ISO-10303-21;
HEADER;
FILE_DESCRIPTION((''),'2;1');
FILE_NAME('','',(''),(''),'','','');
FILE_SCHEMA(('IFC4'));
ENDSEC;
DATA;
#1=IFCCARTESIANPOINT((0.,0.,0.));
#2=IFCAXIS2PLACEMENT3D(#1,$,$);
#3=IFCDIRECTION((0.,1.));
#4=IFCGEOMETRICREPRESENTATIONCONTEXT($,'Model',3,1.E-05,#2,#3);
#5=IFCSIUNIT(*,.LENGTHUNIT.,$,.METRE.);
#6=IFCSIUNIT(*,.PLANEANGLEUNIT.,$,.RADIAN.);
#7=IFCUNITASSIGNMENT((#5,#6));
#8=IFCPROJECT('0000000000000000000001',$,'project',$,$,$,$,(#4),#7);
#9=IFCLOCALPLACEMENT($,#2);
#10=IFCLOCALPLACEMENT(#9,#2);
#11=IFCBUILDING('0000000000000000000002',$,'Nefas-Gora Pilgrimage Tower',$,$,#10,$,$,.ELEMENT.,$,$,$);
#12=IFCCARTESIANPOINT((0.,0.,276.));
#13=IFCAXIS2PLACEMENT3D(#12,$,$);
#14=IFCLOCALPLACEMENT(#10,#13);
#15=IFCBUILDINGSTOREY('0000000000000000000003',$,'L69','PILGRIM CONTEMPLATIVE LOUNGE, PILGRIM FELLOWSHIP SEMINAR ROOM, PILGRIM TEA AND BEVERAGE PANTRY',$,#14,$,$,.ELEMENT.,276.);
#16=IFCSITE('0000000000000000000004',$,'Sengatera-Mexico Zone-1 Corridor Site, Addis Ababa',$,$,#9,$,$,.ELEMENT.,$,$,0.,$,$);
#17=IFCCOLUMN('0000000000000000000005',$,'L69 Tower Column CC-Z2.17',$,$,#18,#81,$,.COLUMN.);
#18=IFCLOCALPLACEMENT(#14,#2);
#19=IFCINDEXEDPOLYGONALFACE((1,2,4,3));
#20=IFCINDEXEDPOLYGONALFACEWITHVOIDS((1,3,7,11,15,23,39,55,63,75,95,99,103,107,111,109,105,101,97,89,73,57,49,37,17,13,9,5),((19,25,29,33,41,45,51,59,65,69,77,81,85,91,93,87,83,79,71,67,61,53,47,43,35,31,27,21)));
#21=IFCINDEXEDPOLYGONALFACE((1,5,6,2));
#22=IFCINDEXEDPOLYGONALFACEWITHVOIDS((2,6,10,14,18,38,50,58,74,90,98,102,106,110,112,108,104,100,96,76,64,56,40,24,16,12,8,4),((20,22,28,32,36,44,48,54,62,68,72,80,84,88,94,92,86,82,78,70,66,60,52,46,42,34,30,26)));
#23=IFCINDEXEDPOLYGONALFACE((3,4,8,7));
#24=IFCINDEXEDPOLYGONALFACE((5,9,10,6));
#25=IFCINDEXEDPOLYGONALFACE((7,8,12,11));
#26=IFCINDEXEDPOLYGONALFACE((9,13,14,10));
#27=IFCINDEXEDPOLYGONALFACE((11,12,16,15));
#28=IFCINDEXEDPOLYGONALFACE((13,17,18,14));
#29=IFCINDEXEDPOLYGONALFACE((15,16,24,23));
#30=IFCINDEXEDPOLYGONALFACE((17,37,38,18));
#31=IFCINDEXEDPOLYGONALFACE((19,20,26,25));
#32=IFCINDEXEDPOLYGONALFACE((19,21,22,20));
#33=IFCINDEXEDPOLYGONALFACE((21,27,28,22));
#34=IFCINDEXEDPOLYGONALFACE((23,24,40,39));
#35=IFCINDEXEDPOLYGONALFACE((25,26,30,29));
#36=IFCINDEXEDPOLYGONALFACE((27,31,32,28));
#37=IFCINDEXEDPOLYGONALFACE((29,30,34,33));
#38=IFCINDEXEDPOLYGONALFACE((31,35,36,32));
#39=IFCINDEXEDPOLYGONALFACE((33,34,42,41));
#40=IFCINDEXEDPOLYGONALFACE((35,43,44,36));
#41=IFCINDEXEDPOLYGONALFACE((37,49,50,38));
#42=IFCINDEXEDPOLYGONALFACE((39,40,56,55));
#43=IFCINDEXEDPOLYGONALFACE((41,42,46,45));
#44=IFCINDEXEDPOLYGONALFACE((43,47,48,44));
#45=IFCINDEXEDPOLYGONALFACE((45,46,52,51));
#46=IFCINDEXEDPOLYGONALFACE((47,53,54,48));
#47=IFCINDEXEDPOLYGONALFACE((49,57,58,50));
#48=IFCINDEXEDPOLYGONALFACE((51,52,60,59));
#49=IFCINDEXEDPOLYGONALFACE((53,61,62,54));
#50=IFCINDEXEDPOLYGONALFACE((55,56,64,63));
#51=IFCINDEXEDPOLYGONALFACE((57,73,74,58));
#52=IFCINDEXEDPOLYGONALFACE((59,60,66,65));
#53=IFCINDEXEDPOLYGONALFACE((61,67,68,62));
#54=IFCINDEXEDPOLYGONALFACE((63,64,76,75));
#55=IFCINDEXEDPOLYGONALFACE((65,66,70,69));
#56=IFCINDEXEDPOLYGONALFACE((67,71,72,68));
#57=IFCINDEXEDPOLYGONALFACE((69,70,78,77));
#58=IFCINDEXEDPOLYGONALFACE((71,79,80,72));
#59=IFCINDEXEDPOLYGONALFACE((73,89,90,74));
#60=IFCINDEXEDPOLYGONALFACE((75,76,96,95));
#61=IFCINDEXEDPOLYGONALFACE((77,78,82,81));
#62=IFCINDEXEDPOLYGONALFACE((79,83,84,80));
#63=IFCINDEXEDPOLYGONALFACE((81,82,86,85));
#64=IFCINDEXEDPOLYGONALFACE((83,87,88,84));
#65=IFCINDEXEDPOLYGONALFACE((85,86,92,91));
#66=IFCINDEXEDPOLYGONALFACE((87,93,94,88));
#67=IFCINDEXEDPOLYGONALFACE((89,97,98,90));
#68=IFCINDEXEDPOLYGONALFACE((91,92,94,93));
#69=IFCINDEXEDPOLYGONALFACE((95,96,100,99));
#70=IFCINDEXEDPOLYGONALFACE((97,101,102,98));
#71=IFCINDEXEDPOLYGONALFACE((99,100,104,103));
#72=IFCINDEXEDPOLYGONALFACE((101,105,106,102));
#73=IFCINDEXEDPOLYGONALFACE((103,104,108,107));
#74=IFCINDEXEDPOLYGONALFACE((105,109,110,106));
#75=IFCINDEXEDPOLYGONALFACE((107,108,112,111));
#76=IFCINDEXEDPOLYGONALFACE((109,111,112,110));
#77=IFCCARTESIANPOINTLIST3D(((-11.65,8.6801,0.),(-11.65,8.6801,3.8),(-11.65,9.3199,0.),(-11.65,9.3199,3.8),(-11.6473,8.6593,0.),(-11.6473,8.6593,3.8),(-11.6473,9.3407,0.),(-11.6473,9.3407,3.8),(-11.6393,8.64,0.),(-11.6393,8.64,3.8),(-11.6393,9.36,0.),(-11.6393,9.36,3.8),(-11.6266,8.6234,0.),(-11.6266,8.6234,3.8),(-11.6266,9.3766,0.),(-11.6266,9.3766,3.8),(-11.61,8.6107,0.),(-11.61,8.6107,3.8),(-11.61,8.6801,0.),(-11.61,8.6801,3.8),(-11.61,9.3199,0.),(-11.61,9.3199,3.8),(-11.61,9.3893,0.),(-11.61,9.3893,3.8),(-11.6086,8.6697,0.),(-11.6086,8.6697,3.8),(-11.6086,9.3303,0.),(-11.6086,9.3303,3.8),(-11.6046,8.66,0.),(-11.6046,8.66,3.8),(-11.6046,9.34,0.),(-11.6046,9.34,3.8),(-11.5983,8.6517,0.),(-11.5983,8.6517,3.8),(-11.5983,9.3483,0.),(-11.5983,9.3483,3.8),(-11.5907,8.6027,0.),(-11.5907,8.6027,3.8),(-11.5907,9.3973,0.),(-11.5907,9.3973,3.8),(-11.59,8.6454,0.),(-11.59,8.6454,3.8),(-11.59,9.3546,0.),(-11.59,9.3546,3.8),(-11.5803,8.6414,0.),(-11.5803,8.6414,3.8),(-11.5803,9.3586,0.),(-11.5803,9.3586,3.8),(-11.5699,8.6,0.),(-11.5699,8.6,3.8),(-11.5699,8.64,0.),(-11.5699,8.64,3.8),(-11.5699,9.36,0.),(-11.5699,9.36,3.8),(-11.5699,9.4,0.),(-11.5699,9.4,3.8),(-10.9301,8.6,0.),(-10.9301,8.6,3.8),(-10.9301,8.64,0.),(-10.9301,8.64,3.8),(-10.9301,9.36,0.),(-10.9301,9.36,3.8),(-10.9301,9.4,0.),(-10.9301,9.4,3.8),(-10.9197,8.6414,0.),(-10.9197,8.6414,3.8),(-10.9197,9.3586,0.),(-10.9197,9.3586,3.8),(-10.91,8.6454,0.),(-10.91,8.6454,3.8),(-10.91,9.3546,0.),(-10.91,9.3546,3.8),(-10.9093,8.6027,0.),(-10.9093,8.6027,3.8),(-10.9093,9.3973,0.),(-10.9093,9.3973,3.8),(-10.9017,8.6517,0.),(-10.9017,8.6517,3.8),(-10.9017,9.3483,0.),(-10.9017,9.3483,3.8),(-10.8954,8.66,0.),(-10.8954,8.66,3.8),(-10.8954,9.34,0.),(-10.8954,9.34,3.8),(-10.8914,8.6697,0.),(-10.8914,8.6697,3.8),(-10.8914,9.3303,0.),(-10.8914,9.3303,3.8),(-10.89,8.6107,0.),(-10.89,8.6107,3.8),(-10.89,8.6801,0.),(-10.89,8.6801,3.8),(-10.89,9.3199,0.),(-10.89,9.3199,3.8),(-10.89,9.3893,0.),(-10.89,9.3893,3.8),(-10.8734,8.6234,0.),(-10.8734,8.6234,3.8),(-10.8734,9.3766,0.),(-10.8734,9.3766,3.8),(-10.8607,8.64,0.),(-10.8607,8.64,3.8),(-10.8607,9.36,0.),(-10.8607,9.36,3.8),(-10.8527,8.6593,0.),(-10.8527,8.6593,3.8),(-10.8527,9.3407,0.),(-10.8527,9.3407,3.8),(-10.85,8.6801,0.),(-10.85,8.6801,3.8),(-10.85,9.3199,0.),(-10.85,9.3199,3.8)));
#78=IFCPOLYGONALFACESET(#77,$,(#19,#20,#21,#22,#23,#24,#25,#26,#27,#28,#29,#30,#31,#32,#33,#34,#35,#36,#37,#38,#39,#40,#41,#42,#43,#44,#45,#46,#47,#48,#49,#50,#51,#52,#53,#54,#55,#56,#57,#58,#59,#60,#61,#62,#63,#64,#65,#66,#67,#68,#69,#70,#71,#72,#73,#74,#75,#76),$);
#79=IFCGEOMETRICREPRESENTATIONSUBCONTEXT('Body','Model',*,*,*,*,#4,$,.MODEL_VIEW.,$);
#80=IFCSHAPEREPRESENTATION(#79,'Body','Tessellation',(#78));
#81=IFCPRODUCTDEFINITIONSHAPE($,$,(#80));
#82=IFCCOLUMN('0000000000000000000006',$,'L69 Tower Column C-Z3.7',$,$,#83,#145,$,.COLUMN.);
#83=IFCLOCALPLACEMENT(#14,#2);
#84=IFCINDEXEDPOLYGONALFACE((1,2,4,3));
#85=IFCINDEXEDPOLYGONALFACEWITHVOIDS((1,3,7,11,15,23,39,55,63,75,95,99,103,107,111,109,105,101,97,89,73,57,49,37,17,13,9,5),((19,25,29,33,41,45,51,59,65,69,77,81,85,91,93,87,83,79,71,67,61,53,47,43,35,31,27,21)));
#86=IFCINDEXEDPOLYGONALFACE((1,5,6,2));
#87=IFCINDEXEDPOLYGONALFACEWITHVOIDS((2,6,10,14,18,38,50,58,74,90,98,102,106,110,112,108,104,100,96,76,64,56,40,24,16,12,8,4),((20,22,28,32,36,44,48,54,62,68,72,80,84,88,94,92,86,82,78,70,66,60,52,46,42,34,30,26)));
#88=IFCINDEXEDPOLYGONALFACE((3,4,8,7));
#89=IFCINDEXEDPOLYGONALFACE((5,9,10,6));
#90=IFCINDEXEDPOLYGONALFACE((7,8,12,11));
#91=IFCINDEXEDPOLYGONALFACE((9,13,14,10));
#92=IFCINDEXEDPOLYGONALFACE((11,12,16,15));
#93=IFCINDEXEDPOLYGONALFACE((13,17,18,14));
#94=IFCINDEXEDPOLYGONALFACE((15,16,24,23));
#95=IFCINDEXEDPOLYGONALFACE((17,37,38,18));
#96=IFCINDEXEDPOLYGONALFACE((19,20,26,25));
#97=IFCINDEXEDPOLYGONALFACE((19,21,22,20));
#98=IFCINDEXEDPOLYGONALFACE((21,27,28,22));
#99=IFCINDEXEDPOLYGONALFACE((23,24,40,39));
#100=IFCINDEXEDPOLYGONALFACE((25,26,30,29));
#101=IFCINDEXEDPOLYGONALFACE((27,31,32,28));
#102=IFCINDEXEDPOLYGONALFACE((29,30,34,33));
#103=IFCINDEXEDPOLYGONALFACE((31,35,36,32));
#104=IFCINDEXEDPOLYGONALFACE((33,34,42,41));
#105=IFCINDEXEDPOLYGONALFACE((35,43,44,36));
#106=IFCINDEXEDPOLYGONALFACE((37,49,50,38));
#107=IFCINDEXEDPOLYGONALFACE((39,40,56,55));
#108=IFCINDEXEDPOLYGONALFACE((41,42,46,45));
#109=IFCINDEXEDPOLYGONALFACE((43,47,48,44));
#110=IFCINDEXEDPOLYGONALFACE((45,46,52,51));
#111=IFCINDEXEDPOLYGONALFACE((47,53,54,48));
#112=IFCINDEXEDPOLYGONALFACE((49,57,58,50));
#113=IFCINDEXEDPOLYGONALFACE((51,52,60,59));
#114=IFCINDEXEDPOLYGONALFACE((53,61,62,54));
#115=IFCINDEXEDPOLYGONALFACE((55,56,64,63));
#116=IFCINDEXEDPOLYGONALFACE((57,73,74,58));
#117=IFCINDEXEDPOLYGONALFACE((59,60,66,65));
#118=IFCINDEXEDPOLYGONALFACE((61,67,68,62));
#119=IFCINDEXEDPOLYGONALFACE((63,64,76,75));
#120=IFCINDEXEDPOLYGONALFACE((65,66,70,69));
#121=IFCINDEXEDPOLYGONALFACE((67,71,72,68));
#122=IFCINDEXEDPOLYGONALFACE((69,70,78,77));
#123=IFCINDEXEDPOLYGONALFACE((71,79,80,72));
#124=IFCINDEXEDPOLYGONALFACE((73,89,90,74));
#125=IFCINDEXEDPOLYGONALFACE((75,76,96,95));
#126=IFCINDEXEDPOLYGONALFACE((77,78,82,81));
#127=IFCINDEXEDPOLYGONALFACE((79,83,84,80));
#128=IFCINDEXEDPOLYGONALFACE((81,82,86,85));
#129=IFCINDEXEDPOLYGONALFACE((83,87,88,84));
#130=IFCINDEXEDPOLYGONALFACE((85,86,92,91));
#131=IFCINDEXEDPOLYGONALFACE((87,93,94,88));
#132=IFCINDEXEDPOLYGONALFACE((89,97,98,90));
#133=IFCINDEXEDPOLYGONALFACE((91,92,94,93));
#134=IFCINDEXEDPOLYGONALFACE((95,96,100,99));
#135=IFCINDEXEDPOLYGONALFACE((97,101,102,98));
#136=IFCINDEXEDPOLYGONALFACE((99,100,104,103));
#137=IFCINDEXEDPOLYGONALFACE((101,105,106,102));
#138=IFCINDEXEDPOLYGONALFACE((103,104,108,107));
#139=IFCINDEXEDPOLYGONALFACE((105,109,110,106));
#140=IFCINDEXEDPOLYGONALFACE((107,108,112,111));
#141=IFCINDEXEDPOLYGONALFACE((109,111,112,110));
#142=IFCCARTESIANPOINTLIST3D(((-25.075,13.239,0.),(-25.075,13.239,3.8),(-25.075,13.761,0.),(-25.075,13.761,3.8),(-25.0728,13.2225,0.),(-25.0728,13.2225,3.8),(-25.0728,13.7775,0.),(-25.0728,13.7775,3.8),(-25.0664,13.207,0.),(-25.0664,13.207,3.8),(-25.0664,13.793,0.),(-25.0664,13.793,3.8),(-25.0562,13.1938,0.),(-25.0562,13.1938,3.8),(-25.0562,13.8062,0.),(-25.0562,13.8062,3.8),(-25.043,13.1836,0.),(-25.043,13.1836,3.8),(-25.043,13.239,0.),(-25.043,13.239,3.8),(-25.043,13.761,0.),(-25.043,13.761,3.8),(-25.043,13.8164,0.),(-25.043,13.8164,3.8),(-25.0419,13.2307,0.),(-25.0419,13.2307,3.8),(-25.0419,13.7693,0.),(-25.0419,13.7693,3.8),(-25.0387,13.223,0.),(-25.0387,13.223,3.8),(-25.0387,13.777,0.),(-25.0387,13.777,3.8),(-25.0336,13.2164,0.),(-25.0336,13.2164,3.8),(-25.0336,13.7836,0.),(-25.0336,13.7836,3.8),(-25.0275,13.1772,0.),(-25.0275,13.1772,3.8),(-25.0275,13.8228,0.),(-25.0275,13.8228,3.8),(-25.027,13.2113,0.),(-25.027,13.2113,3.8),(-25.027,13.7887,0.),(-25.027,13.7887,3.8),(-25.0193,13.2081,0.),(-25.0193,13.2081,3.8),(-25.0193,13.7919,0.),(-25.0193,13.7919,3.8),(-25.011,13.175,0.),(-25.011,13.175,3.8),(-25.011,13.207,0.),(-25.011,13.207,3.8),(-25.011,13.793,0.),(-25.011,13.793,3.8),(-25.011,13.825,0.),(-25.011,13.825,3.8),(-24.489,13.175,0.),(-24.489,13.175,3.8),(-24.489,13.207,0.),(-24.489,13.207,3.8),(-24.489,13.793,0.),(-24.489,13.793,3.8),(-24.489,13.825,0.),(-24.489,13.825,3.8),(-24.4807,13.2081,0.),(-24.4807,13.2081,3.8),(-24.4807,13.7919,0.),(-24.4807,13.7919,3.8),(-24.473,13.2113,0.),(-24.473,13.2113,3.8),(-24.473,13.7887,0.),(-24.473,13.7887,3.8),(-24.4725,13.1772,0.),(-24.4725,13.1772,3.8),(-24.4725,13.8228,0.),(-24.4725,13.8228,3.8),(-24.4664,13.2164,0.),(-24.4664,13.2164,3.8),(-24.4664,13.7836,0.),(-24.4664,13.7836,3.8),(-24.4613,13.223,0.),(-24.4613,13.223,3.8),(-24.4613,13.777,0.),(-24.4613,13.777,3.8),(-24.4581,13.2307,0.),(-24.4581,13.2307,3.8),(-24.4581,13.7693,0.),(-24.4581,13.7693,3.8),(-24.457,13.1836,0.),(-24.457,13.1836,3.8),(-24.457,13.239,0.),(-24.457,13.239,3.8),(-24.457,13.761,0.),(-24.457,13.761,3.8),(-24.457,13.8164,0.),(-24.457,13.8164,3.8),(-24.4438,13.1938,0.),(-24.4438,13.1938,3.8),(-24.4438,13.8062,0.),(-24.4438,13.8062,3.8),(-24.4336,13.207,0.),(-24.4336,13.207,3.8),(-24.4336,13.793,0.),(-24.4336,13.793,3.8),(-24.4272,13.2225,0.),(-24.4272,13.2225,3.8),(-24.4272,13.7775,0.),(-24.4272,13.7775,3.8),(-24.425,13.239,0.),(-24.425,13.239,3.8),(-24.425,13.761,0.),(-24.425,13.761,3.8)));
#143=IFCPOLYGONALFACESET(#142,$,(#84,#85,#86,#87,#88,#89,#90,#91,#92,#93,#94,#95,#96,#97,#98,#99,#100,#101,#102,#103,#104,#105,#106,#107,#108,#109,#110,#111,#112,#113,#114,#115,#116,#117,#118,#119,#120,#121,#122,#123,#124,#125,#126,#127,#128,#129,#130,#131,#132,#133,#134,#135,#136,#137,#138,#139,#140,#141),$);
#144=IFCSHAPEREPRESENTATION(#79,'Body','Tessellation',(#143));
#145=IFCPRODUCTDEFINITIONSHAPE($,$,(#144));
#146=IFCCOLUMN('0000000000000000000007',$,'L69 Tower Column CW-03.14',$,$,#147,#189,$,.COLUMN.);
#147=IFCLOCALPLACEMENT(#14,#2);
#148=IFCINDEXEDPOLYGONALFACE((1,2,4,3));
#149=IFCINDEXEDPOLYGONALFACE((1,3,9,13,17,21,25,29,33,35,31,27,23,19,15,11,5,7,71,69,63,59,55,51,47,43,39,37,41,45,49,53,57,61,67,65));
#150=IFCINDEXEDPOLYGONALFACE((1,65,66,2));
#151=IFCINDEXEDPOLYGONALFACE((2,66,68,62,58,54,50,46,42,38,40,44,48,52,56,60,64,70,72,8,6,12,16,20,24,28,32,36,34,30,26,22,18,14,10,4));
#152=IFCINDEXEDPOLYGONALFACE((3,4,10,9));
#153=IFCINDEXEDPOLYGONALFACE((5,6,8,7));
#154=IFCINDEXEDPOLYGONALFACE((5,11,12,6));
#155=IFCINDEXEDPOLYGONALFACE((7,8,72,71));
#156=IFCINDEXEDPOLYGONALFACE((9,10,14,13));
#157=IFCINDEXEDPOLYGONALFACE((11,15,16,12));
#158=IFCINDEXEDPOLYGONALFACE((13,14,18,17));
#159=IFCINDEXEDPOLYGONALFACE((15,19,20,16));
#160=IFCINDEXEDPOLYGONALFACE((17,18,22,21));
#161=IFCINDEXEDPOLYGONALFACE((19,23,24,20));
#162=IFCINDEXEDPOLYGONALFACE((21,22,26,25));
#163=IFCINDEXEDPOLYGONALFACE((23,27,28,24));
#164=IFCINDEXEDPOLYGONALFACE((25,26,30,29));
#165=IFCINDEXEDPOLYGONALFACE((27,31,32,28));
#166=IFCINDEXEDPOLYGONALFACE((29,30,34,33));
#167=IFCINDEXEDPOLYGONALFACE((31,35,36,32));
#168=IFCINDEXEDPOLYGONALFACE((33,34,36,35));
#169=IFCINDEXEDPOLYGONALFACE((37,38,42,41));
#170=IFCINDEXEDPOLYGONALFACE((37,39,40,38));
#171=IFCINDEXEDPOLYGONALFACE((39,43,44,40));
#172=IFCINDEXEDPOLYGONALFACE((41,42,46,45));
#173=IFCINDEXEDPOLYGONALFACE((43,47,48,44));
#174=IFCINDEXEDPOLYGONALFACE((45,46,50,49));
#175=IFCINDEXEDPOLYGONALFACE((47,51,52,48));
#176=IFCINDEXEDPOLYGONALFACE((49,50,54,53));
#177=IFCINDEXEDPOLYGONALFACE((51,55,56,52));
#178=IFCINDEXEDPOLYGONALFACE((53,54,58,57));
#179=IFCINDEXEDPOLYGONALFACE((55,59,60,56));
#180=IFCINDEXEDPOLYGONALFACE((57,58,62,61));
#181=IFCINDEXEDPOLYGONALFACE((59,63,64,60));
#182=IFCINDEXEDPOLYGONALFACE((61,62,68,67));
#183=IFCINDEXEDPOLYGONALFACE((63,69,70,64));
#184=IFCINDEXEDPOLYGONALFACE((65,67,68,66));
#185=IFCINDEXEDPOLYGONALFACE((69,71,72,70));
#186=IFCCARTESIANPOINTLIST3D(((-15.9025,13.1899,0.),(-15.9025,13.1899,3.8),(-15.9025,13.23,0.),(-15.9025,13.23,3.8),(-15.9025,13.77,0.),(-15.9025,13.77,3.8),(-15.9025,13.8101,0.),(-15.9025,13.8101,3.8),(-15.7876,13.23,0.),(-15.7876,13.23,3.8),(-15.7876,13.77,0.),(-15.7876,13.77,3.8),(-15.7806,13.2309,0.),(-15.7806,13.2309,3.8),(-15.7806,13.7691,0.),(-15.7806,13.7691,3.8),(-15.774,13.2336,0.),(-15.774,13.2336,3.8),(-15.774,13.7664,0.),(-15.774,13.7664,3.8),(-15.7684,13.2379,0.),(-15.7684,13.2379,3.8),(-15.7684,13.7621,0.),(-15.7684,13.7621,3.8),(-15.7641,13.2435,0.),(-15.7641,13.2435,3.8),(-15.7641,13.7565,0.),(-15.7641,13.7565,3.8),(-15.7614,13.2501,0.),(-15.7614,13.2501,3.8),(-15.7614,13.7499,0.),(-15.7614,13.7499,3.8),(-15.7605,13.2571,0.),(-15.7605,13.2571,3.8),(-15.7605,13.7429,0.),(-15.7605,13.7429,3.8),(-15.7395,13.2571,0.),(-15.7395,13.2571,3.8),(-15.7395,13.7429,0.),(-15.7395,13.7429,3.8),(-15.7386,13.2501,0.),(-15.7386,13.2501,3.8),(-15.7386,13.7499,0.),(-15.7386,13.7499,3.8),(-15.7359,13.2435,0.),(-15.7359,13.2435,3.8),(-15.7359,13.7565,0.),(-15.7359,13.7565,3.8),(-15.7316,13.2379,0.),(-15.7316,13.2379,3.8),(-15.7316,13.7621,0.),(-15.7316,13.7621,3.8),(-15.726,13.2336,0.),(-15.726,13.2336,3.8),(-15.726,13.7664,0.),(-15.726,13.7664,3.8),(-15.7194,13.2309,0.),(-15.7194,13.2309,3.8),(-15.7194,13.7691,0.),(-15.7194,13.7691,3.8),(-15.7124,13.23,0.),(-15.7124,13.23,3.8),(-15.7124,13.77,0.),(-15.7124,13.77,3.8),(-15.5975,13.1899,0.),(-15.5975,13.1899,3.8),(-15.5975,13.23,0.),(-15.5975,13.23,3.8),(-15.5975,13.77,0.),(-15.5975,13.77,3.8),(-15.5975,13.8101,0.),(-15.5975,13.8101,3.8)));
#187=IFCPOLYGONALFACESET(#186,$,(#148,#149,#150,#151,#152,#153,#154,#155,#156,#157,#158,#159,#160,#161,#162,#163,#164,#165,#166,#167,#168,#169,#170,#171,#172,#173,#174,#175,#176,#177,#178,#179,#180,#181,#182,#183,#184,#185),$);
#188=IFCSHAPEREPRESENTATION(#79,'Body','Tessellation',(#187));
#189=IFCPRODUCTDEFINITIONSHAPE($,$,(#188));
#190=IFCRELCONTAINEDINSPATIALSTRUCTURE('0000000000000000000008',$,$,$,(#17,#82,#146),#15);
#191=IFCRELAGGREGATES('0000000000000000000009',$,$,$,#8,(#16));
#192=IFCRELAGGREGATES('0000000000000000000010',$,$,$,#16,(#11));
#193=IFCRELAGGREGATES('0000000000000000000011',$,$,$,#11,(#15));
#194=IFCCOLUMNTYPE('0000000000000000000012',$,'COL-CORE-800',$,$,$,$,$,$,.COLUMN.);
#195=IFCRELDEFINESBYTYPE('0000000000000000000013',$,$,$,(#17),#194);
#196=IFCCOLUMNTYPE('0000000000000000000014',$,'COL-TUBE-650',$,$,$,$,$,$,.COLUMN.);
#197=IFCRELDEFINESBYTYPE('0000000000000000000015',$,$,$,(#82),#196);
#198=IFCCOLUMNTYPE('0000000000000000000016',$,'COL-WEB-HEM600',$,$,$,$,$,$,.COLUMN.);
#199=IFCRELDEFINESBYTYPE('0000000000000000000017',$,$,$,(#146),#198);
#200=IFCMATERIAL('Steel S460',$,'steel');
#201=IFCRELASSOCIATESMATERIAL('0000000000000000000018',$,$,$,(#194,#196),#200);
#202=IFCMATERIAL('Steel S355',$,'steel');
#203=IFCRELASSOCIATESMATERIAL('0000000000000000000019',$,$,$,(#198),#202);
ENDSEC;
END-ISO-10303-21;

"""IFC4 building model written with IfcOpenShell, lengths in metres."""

from ifc_helpers import new_model, si_unit, direction, frame, origin, origin_2d, place, context, subcontext, project, spatial, hollow_rectangle, i_section, extrude, source, transform, mapped, material, material_profile, profile_set, type_object, element, save


model = new_model("IFC4")

# Units and contexts
model_context = context("Model", 3, precision=1e-05, world=origin(), true_north=direction((0.0, 1.0)))
body_context = subcontext(model_context, "Body", "Model", "MODEL_VIEW")
ifc_project = project(units=[si_unit("LENGTHUNIT", "METRE"), si_unit("PLANEANGLEUNIT", "RADIAN")], contexts=[model_context])

# Site, building, storey
site_placement = place(None, origin())
site = spatial("IfcSite", under=ifc_project, at=site_placement, Name="Sengatera-Mexico Zone-1 Corridor Site, Addis Ababa", CompositionType="ELEMENT", RefElevation=0.0)
building_placement = place(site_placement, origin())
building = spatial("IfcBuilding", under=site, at=building_placement, Name="Nefas-Gora Pilgrimage Tower", CompositionType="ELEMENT")
storey_placement = place(building_placement, frame((0.0, 0.0, 276.0)))
storey = spatial("IfcBuildingStorey", under=building, at=storey_placement, Name="L69", Description="PILGRIM CONTEMPLATIVE LOUNGE, PILGRIM FELLOWSHIP SEMINAR ROOM, PILGRIM TEA AND BEVERAGE PANTRY", CompositionType="ELEMENT", Elevation=276.0)

# Columns
ifc_material_1 = material(Name="Steel S460", Category="steel")
ifc_material_profile_1 = material_profile(ifc_material_1, hollow_rectangle(XDim=0.8, YDim=0.8, WallThickness=0.04, InnerFilletRadius=0.04, OuterFilletRadius=0.0801, at=origin_2d()), Name="BOX 800x800x40")
ifc_profile_set_1 = profile_set([ifc_material_profile_1], Name="Steel S460")
column_type_1 = type_object("IfcColumnType", Name="COL-CORE-800", PredefinedType="COLUMN", material=ifc_profile_set_1)
shared_shape_1 = source(origin(), body_context, "Body", "SweptSolid", [
    extrude(hollow_rectangle(XDim=0.8, YDim=0.8, WallThickness=0.04, InnerFilletRadius=0.04, OuterFilletRadius=0.0801, at=origin_2d()), origin(), (0.0, 0.0, 1.0), 3.8),
])
column_1_placement = place(storey_placement, frame((-11.25, 9.0, 0.0), z_axis=(0.0, 0.0, 1.0), x_axis=(1.0, 0.0, 0.0)))
element("IfcColumn", 1, at=column_1_placement, inside=storey, type_object=column_type_1, Name="L69 Tower Column CC-Z2.17", PredefinedType="COLUMN", context=body_context, shape_type="MappedRepresentation", body=[
    mapped(shared_shape_1, transform((0.0, 0.0, 0.0), x_axis=(1.0, 0.0, 0.0), y_axis=(0.0, 1.0, 0.0), z_axis=(0.0, 0.0, 1.0), scale=1.0)),
])
ifc_material_profile_2 = material_profile(ifc_material_1, hollow_rectangle(XDim=0.6499, YDim=0.6499, WallThickness=0.032, InnerFilletRadius=0.032, OuterFilletRadius=0.064, at=origin_2d()), Name="BOX 650x650x32")
ifc_profile_set_2 = profile_set([ifc_material_profile_2], Name="Steel S460")
column_type_2 = type_object("IfcColumnType", Name="COL-TUBE-650", PredefinedType="COLUMN", material=ifc_profile_set_2)
shared_shape_2 = source(origin(), body_context, "Body", "SweptSolid", [
    extrude(hollow_rectangle(XDim=0.6499, YDim=0.6499, WallThickness=0.032, InnerFilletRadius=0.032, OuterFilletRadius=0.064, at=origin_2d()), origin(), (0.0, 0.0, 1.0), 3.8),
])
column_2_placement = place(storey_placement, frame((-24.75, 13.5, 0.0), z_axis=(0.0, 0.0, 1.0), x_axis=(1.0, 0.0, 0.0)))
element("IfcColumn", 2, at=column_2_placement, inside=storey, type_object=column_type_2, Name="L69 Tower Column C-Z3.7", PredefinedType="COLUMN", context=body_context, shape_type="MappedRepresentation", body=[
    mapped(shared_shape_2, transform((0.0, 0.0, 0.0), x_axis=(1.0, 0.0, 0.0), y_axis=(0.0, 1.0, 0.0), z_axis=(0.0, 0.0, 1.0), scale=1.0)),
])
ifc_material_2 = material(Name="Steel S355", Category="steel")
ifc_material_profile_3 = material_profile(ifc_material_2, i_section(OverallWidth=0.3049, OverallDepth=0.6201, WebThickness=0.021, FlangeThickness=0.04, FilletRadius=0.0271, at=origin_2d()), Name="HEM 600")
ifc_profile_set_3 = profile_set([ifc_material_profile_3], Name="Steel S355")
column_type_3 = type_object("IfcColumnType", Name="COL-WEB-HEM600", PredefinedType="COLUMN", material=ifc_profile_set_3)
shared_shape_3 = source(origin(), body_context, "Body", "SweptSolid", [
    extrude(i_section(OverallWidth=0.3049, OverallDepth=0.6201, WebThickness=0.021, FlangeThickness=0.04, FilletRadius=0.0271, at=origin_2d()), origin(), (0.0, 0.0, 1.0), 3.8),
])
column_3_placement = place(storey_placement, frame((-15.75, 13.5, 0.0), z_axis=(0.0, 0.0, 1.0), x_axis=(1.0, 0.0, 0.0)))
element("IfcColumn", 3, at=column_3_placement, inside=storey, type_object=column_type_3, Name="L69 Tower Column CW-03.14", PredefinedType="COLUMN", context=body_context, shape_type="MappedRepresentation", body=[
    mapped(shared_shape_3, transform((0.0, 0.0, 0.0), x_axis=(1.0, 0.0, 0.0), y_axis=(0.0, 1.0, 0.0), z_axis=(0.0, 0.0, 1.0), scale=1.0)),
])

save(model, "model.ifc")
